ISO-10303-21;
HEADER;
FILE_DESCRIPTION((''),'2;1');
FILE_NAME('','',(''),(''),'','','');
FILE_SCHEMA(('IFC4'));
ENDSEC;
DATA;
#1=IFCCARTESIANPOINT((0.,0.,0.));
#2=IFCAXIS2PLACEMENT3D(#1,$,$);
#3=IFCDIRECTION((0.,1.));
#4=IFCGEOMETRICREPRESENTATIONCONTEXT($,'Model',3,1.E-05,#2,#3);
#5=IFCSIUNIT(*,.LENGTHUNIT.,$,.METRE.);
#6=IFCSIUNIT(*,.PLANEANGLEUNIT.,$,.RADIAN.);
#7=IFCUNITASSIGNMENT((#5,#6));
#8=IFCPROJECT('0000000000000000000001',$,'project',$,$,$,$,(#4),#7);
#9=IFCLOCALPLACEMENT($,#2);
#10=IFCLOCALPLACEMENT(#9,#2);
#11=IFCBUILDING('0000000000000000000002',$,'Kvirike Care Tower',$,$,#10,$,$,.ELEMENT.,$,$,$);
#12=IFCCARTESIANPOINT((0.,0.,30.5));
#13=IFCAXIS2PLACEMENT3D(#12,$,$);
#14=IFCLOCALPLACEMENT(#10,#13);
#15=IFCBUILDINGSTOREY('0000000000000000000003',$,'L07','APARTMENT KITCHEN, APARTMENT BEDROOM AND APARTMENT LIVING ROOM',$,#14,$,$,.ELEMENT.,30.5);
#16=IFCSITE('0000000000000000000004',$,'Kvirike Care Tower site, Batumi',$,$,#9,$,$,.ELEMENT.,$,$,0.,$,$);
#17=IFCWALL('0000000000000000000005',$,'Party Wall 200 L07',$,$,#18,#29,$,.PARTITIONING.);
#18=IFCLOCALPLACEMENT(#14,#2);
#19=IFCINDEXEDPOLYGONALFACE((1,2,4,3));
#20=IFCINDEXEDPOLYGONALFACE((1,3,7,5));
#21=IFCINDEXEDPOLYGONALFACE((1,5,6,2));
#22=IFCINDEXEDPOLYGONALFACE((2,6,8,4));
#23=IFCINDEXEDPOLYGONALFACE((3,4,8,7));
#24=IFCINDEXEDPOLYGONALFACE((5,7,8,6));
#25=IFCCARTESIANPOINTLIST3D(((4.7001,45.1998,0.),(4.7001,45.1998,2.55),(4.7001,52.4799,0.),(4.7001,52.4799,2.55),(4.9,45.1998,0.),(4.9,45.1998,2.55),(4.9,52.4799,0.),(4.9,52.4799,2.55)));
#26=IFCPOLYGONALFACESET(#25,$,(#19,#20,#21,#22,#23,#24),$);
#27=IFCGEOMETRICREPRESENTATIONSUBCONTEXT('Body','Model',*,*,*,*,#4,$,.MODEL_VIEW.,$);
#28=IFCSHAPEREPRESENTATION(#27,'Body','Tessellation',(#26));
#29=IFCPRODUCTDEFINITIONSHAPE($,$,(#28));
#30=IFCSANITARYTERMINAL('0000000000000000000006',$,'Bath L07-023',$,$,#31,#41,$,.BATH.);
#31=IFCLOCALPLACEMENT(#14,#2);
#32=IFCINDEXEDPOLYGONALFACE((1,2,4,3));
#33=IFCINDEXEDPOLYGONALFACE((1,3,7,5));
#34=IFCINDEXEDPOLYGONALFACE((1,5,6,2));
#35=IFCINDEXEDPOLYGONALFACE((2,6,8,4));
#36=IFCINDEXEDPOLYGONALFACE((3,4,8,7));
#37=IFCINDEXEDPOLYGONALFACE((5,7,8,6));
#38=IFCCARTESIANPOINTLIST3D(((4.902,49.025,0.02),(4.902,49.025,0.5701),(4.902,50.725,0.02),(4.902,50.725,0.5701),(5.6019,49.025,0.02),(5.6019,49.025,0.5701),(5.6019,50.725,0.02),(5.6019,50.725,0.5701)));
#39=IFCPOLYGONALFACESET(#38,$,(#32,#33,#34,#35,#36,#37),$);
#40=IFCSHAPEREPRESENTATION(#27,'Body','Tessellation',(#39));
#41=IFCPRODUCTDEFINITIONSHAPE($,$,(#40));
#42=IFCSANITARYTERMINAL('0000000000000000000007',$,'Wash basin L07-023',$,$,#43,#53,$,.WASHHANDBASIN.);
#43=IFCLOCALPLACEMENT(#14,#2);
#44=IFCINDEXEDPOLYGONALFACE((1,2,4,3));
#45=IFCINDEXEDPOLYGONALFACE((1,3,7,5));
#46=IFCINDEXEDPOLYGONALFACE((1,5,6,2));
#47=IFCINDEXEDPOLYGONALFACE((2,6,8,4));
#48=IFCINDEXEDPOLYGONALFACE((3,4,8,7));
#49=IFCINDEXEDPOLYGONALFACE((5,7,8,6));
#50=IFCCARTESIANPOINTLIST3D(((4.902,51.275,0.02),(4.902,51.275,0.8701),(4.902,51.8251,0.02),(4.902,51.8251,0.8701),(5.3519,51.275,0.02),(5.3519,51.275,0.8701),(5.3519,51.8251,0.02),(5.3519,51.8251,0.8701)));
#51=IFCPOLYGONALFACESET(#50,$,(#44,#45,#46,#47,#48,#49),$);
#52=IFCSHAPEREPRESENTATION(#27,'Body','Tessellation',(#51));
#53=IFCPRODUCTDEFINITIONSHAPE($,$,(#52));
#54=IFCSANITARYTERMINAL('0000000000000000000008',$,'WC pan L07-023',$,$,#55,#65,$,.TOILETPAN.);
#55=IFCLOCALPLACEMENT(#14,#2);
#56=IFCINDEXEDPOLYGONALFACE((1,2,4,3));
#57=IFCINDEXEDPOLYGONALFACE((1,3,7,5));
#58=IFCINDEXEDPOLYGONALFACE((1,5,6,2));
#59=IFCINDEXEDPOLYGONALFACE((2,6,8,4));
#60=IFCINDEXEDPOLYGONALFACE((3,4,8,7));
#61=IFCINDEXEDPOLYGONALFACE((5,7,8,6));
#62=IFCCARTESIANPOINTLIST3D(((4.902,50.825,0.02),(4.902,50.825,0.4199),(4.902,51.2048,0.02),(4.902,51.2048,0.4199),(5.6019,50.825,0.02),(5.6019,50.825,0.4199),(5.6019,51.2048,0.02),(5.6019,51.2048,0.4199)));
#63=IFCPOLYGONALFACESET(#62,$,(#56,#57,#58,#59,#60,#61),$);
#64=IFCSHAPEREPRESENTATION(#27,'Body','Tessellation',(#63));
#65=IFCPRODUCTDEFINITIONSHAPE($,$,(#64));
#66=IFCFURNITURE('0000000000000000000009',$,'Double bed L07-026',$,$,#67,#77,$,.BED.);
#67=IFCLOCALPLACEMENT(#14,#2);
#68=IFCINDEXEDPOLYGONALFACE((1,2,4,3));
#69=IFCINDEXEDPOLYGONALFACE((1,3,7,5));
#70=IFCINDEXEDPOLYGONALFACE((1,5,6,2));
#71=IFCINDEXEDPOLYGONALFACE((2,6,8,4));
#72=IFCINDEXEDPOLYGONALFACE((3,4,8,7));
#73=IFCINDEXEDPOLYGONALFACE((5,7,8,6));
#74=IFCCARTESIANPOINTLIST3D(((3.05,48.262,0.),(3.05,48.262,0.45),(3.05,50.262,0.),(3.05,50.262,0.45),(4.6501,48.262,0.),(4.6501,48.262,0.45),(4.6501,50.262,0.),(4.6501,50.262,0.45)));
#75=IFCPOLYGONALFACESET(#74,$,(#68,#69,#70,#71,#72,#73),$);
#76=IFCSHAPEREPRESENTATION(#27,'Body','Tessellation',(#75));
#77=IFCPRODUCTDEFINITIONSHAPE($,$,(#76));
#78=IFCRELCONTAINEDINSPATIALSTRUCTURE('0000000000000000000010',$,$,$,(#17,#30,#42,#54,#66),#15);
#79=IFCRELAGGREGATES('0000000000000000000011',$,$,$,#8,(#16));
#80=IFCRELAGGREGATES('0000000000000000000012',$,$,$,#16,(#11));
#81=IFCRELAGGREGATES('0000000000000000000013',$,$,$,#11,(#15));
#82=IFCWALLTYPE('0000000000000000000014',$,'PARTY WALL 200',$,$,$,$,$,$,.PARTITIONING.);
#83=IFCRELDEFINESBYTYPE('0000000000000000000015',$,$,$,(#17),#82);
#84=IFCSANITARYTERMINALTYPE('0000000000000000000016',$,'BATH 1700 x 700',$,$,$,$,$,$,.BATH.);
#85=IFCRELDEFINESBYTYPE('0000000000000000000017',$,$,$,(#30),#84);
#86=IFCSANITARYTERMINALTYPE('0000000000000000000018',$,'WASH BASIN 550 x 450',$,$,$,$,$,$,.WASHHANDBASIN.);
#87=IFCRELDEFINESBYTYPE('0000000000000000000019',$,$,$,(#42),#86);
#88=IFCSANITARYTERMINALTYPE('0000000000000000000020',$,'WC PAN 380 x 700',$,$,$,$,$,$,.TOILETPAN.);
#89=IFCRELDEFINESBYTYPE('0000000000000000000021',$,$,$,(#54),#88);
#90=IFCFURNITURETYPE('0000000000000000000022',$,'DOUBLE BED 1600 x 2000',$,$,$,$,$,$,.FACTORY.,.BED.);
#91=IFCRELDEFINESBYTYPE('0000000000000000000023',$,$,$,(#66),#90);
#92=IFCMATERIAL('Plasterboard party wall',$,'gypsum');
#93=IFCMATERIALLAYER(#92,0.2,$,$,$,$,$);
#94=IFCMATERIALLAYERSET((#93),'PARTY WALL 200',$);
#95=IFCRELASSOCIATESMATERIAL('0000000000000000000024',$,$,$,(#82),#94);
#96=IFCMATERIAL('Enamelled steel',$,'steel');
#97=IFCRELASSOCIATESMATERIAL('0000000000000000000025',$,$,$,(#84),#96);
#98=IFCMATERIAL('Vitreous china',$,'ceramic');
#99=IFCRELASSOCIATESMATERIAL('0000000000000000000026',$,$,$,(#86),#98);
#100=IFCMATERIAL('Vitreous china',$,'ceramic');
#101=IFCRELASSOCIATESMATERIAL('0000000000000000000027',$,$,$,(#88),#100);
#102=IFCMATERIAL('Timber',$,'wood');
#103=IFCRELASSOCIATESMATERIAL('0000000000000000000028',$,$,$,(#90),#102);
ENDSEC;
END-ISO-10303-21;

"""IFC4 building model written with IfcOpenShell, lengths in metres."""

from ifc_helpers import new_model, si_unit, direction, frame, frame_2d, origin, origin_2d, place, context, subcontext, project, spatial, rectangle, extrude, material, layer, layer_set, type_object, element, save


model = new_model("IFC4")

# Units and contexts
model_context = context("Model", 3, precision=1e-05, world=origin(), true_north=direction((0.0, 1.0)))
body_context = subcontext(model_context, "Body", "Model", "MODEL_VIEW")
ifc_project = project(units=[si_unit("LENGTHUNIT", "METRE"), si_unit("PLANEANGLEUNIT", "RADIAN")], contexts=[model_context])

# Site, building, storey
site_placement = place(None, origin())
site = spatial("IfcSite", under=ifc_project, at=site_placement, Name="Kvirike Care Tower site, Batumi", CompositionType="ELEMENT", RefElevation=0.0)
building_placement = place(site_placement, origin())
building = spatial("IfcBuilding", under=site, at=building_placement, Name="Kvirike Care Tower", CompositionType="ELEMENT")
storey_placement = place(building_placement, frame((0.0, 0.0, 30.5)))
storey = spatial("IfcBuildingStorey", under=building, at=storey_placement, Name="L07", Description="APARTMENT KITCHEN, APARTMENT BEDROOM AND APARTMENT LIVING ROOM", CompositionType="ELEMENT", Elevation=30.5)

# Wall
ifc_material_1 = material(Name="Plasterboard party wall", Category="gypsum")
ifc_layer_1 = layer(ifc_material_1, 0.2)
ifc_layer_set_1 = layer_set([ifc_layer_1], Name="PARTY WALL 200")
wall_type_1 = type_object("IfcWallType", Name="PARTY WALL 200", PredefinedType="PARTITIONING", material=ifc_layer_set_1)
wall_1_placement = place(storey_placement, frame((4.8, 52.48, 0.0), z_axis=(0.0, 0.0, 1.0), x_axis=(0.0, -1.0, 0.0)))
element("IfcWall", 1, at=wall_1_placement, inside=storey, type_object=wall_type_1, Name="Party Wall 200 L07", PredefinedType="PARTITIONING", context=body_context, shape_type="SweptSolid", body=[
    extrude(rectangle(XDim=7.28, YDim=0.2, at=frame_2d((3.6401, 0.0))), origin(), (0.0, 0.0, 1.0), 2.55),
])

# Sanitary terminals
ifc_material_2 = material(Name="Enamelled steel", Category="steel")
sanitary_terminal_type_1 = type_object("IfcSanitaryTerminalType", Name="BATH 1700 x 700", PredefinedType="BATH", material=ifc_material_2)
sanitary_terminal_1_placement = place(storey_placement, frame((5.252, 49.875, 0.02), z_axis=(0.0, 0.0, 1.0), x_axis=(0.0, 1.0, 0.0)))
element("IfcSanitaryTerminal", 2, at=sanitary_terminal_1_placement, inside=storey, type_object=sanitary_terminal_type_1, Name="Bath L07-023", PredefinedType="BATH", context=body_context, shape_type="SweptSolid", body=[
    extrude(rectangle(XDim=1.7, YDim=0.7, at=origin_2d()), origin(), (0.0, 0.0, 1.0), 0.55),
])
ifc_material_3 = material(Name="Vitreous china", Category="ceramic")
sanitary_terminal_type_2 = type_object("IfcSanitaryTerminalType", Name="WASH BASIN 550 x 450", PredefinedType="WASHHANDBASIN", material=ifc_material_3)
sanitary_terminal_2_placement = place(storey_placement, frame((5.127, 51.55, 0.02), z_axis=(0.0, 0.0, 1.0), x_axis=(0.0, 1.0, 0.0)))
element("IfcSanitaryTerminal", 3, at=sanitary_terminal_2_placement, inside=storey, type_object=sanitary_terminal_type_2, Name="Wash basin L07-023", PredefinedType="WASHHANDBASIN", context=body_context, shape_type="SweptSolid", body=[
    extrude(rectangle(XDim=0.55, YDim=0.45, at=origin_2d()), origin(), (0.0, 0.0, 1.0), 0.8501),
])
ifc_material_4 = material(Name="Vitreous china", Category="ceramic")
sanitary_terminal_type_3 = type_object("IfcSanitaryTerminalType", Name="WC PAN 380 x 700", PredefinedType="TOILETPAN", material=ifc_material_4)
sanitary_terminal_3_placement = place(storey_placement, frame((5.252, 51.0149, 0.02), z_axis=(0.0, 0.0, 1.0), x_axis=(0.0, 1.0, 0.0)))
element("IfcSanitaryTerminal", 4, at=sanitary_terminal_3_placement, inside=storey, type_object=sanitary_terminal_type_3, Name="WC pan L07-023", PredefinedType="TOILETPAN", context=body_context, shape_type="SweptSolid", body=[
    extrude(rectangle(XDim=0.3799, YDim=0.7, at=origin_2d()), origin(), (0.0, 0.0, 1.0), 0.3999),
])

# Furniture
ifc_material_5 = material(Name="Timber", Category="wood")
furniture_type = type_object("IfcFurnitureType", Name="DOUBLE BED 1600 x 2000", AssemblyPlace="FACTORY", PredefinedType="BED", material=ifc_material_5)
furniture_placement = place(storey_placement, frame((3.8501, 49.262, 0.0), z_axis=(0.0, 0.0, 1.0), x_axis=(-1.0, 0.0, 0.0)))
element("IfcFurniture", 5, at=furniture_placement, inside=storey, type_object=furniture_type, Name="Double bed L07-026", PredefinedType="BED", context=body_context, shape_type="SweptSolid", body=[
    extrude(rectangle(XDim=1.6001, YDim=2.0, at=origin_2d()), origin(), (0.0, 0.0, 1.0), 0.45),
])

save(model, "model.ifc")
